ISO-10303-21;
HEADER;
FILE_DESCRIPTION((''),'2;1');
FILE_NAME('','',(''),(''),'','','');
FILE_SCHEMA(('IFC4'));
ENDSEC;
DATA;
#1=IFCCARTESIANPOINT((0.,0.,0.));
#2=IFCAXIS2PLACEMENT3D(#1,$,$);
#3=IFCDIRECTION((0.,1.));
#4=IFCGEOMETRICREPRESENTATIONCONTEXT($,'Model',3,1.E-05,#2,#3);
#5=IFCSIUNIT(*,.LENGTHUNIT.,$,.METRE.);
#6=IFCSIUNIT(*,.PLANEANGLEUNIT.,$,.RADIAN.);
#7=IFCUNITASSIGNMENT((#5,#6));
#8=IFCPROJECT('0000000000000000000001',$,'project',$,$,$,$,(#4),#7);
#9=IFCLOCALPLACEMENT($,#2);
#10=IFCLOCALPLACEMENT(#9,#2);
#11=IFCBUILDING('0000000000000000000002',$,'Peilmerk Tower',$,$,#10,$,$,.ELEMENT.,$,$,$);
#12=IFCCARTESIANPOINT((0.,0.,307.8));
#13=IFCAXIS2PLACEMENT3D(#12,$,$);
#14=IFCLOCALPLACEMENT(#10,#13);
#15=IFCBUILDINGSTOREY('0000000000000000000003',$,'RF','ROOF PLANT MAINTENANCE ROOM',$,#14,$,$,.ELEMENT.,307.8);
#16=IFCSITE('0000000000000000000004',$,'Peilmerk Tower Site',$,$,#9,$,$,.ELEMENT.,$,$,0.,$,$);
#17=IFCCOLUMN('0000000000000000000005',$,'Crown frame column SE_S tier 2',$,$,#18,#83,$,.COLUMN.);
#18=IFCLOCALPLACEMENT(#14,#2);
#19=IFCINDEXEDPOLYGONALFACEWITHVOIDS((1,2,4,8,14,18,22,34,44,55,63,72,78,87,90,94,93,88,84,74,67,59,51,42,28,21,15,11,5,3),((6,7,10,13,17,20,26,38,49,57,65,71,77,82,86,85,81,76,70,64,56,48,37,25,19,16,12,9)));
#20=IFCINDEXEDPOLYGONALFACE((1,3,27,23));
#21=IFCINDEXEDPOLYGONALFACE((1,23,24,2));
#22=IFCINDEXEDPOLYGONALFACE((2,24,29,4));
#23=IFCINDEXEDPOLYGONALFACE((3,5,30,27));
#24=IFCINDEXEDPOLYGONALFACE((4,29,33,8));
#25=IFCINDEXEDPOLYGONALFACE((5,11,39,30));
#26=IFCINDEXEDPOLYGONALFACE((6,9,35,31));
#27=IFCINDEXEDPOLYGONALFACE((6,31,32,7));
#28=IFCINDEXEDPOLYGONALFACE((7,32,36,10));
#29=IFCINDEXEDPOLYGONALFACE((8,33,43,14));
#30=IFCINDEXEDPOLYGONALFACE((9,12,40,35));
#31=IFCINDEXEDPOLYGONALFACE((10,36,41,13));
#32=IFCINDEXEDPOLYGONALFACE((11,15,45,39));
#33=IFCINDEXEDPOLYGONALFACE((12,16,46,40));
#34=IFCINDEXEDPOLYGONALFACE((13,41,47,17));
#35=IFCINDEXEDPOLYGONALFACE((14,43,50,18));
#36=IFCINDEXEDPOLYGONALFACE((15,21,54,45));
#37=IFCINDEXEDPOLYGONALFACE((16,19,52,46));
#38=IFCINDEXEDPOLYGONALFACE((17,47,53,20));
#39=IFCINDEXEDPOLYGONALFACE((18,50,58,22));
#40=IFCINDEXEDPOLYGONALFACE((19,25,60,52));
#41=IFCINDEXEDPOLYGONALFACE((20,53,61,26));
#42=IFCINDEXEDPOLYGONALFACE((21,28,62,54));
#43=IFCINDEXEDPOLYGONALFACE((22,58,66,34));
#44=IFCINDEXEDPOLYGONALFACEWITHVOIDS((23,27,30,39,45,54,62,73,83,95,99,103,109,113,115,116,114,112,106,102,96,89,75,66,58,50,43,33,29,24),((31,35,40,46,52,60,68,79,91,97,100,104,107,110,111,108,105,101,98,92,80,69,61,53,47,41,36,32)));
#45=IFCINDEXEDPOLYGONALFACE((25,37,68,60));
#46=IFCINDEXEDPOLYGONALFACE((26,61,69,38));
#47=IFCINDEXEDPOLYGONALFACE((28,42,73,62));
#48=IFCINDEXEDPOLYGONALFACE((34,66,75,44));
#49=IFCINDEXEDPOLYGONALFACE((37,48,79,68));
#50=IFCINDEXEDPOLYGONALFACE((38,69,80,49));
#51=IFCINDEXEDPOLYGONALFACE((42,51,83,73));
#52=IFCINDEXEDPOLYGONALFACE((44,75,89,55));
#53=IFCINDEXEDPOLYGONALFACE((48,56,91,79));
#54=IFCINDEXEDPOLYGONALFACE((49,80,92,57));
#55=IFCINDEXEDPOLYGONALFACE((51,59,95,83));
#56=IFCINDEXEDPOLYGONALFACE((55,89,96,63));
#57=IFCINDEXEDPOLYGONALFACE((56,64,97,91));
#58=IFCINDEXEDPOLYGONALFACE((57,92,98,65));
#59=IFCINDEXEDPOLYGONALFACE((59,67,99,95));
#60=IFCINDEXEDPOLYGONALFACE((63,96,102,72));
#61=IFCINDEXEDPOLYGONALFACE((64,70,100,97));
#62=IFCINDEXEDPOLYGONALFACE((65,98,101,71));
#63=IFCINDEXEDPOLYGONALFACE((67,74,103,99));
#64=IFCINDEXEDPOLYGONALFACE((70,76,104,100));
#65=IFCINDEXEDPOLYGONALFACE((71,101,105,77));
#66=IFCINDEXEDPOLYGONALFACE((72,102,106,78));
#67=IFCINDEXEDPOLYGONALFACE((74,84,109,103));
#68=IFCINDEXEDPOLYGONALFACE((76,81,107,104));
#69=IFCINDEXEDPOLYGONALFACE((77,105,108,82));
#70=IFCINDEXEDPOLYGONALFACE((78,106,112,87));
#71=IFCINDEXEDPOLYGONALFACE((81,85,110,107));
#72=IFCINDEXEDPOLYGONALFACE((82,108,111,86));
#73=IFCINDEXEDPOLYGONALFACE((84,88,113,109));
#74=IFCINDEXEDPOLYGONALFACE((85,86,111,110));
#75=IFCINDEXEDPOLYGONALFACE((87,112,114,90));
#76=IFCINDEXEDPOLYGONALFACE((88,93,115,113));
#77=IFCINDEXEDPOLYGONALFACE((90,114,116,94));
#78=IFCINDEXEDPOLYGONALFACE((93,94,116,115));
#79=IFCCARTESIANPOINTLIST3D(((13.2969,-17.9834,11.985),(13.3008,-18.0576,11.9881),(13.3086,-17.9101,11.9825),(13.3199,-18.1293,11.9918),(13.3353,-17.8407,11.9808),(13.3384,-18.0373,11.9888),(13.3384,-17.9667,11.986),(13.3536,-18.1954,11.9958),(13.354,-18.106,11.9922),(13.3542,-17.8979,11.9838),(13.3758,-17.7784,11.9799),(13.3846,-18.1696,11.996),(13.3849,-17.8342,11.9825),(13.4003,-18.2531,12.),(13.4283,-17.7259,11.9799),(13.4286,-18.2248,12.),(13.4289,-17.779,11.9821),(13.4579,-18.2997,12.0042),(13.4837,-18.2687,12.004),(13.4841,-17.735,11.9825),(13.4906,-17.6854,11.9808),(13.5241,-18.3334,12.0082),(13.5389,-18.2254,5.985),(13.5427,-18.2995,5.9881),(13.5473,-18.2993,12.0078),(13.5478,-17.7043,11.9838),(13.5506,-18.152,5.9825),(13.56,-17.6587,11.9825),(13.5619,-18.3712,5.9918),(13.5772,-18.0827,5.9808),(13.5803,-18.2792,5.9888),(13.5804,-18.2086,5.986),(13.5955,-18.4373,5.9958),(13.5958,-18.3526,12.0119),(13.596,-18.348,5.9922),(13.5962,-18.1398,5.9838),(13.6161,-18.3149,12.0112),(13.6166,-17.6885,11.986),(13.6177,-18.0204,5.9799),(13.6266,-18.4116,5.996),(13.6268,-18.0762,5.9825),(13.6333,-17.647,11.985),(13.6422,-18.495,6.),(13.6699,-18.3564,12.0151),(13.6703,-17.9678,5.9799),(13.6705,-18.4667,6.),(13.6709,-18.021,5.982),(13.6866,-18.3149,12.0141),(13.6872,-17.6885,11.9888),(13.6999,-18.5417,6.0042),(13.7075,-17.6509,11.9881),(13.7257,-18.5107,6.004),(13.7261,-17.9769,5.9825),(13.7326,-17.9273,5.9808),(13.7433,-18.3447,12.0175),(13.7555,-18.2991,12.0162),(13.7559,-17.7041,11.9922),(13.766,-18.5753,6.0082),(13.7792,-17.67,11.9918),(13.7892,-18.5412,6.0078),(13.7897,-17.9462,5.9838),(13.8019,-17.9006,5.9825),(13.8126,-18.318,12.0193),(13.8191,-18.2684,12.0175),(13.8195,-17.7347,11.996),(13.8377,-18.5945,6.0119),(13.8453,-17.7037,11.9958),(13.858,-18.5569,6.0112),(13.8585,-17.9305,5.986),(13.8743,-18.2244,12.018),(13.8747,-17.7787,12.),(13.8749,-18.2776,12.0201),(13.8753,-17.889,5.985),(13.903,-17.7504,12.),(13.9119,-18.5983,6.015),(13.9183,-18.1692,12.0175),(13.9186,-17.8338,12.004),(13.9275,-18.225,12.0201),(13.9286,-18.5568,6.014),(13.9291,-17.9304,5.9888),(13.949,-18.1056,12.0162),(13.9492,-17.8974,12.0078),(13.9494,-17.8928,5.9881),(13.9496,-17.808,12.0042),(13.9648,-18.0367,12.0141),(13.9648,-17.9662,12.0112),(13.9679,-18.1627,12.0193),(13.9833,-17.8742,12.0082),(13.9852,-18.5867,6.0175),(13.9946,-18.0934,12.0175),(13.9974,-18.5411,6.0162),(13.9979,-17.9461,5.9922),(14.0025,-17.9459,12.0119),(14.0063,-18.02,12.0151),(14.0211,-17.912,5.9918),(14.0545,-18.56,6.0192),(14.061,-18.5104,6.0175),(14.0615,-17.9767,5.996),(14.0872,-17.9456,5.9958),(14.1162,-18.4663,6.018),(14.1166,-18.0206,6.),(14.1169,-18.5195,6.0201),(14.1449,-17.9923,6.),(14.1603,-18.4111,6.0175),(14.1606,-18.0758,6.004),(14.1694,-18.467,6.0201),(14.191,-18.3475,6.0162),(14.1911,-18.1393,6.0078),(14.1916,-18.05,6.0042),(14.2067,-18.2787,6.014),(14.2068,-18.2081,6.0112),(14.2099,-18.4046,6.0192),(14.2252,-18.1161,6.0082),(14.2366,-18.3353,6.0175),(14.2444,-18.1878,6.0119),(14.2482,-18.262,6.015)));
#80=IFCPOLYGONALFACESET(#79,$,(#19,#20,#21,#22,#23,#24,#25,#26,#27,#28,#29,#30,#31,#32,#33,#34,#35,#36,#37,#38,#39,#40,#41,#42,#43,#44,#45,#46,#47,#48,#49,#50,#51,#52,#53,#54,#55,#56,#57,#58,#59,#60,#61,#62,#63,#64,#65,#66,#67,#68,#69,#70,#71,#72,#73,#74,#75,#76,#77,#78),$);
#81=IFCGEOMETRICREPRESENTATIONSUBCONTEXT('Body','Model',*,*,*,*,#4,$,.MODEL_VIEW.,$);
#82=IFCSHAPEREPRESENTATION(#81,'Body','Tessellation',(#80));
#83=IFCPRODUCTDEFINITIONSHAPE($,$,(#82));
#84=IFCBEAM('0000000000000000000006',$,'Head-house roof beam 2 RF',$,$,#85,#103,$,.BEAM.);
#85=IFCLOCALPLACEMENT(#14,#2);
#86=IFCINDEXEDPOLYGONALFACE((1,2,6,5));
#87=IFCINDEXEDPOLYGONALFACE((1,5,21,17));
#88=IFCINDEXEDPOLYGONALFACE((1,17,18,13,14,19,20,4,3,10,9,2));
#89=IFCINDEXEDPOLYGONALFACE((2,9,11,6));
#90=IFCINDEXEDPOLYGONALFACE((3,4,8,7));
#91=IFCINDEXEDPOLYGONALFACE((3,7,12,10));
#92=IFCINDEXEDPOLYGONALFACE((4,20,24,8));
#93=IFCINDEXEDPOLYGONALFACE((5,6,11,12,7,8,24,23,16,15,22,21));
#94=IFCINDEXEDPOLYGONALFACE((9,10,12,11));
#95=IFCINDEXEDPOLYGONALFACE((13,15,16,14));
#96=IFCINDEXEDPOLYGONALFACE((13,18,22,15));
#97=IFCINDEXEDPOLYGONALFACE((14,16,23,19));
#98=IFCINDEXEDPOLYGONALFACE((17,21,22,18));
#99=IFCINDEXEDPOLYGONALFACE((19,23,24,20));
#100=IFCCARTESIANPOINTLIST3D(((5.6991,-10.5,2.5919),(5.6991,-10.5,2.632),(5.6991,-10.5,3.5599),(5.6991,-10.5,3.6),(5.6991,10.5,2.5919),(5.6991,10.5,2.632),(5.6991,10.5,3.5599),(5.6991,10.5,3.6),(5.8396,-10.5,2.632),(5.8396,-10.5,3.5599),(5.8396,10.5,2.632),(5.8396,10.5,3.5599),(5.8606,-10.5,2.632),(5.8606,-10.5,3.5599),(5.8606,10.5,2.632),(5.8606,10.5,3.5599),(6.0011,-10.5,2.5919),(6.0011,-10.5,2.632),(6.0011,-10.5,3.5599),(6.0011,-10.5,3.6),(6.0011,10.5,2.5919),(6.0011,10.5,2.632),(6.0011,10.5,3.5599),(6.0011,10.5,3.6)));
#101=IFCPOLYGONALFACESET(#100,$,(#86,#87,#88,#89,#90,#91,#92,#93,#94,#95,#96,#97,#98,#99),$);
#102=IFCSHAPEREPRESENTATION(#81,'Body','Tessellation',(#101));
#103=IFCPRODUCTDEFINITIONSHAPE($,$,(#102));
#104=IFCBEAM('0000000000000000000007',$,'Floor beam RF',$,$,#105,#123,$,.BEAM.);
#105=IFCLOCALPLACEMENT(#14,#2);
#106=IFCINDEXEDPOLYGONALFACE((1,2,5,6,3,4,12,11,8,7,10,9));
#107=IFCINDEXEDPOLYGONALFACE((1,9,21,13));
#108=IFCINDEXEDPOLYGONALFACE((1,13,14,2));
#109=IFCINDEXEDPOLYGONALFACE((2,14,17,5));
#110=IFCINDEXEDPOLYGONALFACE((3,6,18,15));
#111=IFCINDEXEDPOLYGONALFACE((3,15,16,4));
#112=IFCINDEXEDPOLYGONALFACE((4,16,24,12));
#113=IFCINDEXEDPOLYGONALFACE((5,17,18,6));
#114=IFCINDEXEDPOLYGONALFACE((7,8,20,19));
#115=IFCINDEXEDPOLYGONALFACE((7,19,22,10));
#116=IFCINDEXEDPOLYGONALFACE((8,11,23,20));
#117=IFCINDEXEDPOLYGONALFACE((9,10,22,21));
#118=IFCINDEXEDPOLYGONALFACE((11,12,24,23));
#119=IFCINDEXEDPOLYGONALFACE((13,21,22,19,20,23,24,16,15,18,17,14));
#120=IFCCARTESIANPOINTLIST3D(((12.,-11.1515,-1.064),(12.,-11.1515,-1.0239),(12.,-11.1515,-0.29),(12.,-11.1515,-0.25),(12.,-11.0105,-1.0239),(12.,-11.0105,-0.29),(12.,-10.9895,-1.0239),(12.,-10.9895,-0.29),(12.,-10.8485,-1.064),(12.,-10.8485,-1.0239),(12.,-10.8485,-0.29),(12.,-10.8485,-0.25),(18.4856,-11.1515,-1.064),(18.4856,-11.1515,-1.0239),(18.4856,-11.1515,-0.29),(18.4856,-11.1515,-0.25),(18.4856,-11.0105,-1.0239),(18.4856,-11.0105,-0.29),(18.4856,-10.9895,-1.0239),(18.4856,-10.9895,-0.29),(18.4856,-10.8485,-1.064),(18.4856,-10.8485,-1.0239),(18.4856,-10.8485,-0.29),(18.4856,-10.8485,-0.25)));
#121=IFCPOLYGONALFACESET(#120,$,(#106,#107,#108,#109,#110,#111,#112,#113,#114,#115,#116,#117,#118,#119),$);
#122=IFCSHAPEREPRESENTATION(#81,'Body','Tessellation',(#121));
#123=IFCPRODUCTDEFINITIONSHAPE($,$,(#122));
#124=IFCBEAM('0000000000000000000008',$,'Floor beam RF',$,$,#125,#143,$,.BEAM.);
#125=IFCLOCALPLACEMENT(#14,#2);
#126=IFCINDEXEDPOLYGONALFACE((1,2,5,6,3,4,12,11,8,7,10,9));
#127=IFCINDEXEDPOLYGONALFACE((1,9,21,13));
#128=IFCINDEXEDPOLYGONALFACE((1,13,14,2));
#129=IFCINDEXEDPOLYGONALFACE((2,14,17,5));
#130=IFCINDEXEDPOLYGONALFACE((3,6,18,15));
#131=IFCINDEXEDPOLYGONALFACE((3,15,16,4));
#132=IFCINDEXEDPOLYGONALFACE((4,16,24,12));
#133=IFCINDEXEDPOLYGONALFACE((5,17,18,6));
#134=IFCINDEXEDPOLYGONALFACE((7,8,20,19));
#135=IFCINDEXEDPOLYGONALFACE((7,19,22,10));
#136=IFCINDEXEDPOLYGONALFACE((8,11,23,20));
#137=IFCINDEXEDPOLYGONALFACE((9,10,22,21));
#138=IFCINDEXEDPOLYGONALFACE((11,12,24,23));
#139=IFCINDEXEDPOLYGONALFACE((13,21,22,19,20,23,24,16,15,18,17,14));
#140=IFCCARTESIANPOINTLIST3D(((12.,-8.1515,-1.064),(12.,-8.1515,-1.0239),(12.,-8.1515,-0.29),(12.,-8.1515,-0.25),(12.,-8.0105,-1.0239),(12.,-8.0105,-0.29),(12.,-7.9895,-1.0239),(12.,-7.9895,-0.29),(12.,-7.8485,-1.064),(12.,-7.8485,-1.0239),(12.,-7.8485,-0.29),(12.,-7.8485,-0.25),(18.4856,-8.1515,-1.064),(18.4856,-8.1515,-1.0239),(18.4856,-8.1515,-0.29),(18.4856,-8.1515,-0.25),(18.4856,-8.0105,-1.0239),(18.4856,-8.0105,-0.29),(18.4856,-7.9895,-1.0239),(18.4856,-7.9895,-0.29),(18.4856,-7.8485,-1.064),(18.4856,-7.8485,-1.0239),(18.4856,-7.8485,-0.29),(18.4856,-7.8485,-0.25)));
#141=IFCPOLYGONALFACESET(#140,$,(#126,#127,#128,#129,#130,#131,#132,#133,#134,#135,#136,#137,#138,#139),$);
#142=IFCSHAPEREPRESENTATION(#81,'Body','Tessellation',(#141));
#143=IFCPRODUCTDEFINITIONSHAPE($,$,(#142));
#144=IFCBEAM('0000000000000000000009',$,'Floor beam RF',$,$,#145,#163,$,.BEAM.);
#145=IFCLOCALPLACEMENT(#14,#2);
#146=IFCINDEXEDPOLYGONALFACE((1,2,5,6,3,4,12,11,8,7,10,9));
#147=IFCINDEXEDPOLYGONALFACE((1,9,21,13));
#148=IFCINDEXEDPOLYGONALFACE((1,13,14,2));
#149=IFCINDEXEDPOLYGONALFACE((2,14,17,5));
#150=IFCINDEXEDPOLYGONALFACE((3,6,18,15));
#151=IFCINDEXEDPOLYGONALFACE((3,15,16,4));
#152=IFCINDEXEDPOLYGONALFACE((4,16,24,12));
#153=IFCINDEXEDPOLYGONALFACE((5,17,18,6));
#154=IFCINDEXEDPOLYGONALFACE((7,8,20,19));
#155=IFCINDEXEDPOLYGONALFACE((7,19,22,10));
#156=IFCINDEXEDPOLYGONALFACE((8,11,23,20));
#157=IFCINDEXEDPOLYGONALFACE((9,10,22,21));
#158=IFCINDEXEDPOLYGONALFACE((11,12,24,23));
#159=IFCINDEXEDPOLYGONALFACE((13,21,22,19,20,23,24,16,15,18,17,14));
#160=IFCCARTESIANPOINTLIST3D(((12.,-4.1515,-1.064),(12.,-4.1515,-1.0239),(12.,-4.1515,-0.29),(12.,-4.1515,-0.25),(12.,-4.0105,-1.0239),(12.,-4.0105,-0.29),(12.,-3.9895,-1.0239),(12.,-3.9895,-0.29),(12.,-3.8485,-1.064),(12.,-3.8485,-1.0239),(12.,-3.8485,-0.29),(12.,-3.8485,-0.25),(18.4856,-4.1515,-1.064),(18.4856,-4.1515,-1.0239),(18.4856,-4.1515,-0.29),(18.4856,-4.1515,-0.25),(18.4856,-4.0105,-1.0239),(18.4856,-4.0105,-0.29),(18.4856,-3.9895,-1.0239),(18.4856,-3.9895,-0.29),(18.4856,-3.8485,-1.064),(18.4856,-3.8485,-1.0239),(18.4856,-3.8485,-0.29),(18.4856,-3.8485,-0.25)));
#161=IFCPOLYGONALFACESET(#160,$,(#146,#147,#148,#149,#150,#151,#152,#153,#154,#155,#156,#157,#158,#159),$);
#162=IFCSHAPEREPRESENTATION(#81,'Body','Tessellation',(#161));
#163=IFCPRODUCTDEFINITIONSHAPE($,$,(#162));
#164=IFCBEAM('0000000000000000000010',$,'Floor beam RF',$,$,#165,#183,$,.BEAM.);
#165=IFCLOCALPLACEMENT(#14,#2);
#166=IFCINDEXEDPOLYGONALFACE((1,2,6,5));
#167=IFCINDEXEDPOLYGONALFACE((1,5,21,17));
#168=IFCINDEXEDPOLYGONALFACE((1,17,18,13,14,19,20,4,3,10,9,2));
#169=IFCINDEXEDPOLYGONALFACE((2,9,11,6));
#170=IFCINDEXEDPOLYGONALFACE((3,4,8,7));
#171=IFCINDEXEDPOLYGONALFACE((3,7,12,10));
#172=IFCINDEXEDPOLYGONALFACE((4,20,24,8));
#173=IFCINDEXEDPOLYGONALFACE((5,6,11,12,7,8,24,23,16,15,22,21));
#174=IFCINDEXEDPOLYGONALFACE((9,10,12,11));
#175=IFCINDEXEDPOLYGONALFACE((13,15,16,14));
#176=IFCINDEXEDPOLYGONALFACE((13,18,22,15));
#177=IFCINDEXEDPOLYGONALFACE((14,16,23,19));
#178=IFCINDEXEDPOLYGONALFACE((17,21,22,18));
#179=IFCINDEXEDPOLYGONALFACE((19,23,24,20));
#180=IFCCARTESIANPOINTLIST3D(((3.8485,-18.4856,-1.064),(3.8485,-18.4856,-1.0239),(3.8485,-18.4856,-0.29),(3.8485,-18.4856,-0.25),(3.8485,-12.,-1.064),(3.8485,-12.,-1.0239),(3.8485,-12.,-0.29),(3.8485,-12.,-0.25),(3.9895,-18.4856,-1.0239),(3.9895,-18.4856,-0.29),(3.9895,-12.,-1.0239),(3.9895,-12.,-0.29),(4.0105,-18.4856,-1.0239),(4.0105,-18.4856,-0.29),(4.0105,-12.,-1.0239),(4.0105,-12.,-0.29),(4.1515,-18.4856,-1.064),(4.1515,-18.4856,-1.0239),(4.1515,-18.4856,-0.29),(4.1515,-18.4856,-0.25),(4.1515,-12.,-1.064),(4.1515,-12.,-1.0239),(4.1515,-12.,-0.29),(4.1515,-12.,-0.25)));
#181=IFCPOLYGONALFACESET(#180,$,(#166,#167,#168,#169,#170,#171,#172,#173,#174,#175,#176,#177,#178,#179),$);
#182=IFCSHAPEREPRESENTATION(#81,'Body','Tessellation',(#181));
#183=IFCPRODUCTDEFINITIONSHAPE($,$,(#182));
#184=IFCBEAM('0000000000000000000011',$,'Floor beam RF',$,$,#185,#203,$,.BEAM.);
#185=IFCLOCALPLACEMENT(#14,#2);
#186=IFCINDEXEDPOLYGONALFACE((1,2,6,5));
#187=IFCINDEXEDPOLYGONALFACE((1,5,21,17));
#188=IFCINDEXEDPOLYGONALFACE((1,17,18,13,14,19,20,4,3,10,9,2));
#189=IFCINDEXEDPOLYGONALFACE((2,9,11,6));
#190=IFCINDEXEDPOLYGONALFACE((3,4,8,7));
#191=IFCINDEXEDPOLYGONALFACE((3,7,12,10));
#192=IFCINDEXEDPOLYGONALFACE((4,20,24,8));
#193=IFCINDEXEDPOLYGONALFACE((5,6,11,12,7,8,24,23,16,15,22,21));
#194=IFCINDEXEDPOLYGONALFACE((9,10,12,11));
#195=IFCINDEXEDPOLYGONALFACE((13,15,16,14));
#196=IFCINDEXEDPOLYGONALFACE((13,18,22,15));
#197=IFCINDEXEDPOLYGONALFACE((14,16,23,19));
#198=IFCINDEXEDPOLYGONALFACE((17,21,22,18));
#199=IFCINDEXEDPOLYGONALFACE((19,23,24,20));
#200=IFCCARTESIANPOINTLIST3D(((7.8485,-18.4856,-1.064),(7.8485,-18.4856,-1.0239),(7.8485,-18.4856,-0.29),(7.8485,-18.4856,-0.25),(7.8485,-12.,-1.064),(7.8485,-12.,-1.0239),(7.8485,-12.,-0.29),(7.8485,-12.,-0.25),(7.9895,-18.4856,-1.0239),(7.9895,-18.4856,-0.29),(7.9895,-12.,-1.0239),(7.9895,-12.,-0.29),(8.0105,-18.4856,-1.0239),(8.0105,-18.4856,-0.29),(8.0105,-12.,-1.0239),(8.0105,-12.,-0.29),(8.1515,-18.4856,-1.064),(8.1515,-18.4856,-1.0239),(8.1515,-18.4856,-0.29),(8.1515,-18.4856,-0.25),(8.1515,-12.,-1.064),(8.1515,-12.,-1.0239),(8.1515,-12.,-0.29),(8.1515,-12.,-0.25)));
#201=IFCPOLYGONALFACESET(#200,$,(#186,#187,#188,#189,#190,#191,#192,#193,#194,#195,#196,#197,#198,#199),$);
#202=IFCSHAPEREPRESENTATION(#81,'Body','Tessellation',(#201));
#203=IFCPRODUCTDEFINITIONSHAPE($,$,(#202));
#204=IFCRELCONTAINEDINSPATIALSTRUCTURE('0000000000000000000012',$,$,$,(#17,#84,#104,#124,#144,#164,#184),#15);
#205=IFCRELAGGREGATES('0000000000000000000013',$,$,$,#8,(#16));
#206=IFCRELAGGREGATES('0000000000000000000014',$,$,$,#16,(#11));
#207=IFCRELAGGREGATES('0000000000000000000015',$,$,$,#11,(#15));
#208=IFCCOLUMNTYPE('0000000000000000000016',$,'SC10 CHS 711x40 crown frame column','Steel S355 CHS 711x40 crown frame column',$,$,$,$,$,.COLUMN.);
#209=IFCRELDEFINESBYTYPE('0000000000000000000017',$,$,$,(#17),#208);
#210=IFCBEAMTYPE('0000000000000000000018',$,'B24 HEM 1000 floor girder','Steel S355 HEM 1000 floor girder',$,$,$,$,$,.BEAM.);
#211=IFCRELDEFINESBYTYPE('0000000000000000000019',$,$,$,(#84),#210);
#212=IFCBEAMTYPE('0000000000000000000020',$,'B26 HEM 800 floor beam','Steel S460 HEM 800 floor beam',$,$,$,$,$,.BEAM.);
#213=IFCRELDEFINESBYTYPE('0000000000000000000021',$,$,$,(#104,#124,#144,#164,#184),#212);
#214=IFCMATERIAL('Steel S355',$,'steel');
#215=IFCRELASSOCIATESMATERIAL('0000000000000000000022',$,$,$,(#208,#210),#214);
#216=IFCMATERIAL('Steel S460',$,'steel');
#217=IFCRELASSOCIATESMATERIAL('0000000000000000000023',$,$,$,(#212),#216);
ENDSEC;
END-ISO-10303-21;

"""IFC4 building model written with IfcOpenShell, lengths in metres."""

from ifc_helpers import new_model, si_unit, direction, frame, origin, origin_2d, place, context, subcontext, project, spatial, hollow_circle, i_section, extrude, material, material_profile, profile_set, type_object, element, save


model = new_model("IFC4")

# Units and contexts
model_context = context("Model", 3, precision=1e-05, world=origin(), true_north=direction((0.0, 1.0)))
body_context = subcontext(model_context, "Body", "Model", "MODEL_VIEW")
ifc_project = project(units=[si_unit("LENGTHUNIT", "METRE"), si_unit("PLANEANGLEUNIT", "RADIAN")], contexts=[model_context])

# Site, building, storey
site_placement = place(None, origin())
site = spatial("IfcSite", under=ifc_project, at=site_placement, Name="Peilmerk Tower Site", CompositionType="ELEMENT", RefElevation=0.0)
building_placement = place(site_placement, origin())
building = spatial("IfcBuilding", under=site, at=building_placement, Name="Peilmerk Tower", CompositionType="ELEMENT")
storey_placement = place(building_placement, frame((0.0, 0.0, 307.8)))
storey = spatial("IfcBuildingStorey", under=building, at=storey_placement, Name="RF", Description="ROOF PLANT MAINTENANCE ROOM", CompositionType="ELEMENT", Elevation=307.8)

# Column
ifc_material_1 = material(Name="Steel S355", Category="steel")
ifc_material_profile_1 = material_profile(ifc_material_1, hollow_circle(Radius=0.3555, WallThickness=0.04, at=origin_2d()), Name="CHS 711x40")
ifc_profile_set_1 = profile_set([ifc_material_profile_1], Name="Steel S355")
column_type = type_object("IfcColumnType", Name="SC10 CHS 711x40 crown frame column", Description="Steel S355 CHS 711x40 crown frame column", PredefinedType="COLUMN", material=ifc_profile_set_1)
column_placement = place(storey_placement, frame((13.8936, -18.2437, 6.0), z_axis=(-0.040258, 0.040258, 0.998378), x_axis=(-0.707107, -0.707107, 0.0)))
element("IfcColumn", 1, at=column_placement, inside=storey, type_object=column_type, Name="Crown frame column SE_S tier 2", PredefinedType="COLUMN", context=body_context, shape_type="SweptSolid", body=[
    extrude(hollow_circle(Radius=0.3555, WallThickness=0.04, at=origin_2d()), origin(), (0.0, 0.0, 1.0), 6.0098),
])

# Beams
ifc_material_profile_2 = material_profile(ifc_material_1, i_section(OverallWidth=0.302, OverallDepth=1.0081, WebThickness=0.021, FlangeThickness=0.04, at=origin_2d()), Name="HEM 1000")
ifc_profile_set_2 = profile_set([ifc_material_profile_2], Name="Steel S355")
beam_type_1 = type_object("IfcBeamType", Name="B24 HEM 1000 floor girder", Description="Steel S355 HEM 1000 floor girder", PredefinedType="BEAM", material=ifc_profile_set_2)
beam_1_placement = place(storey_placement, frame((5.8501, -10.5, 3.0959), z_axis=(0.0, 1.0, 0.0), x_axis=(-1.0, 0.0, 0.0)))
element("IfcBeam", 2, at=beam_1_placement, inside=storey, type_object=beam_type_1, Name="Head-house roof beam 2 RF", PredefinedType="BEAM", context=body_context, shape_type="SweptSolid", body=[
    extrude(i_section(OverallWidth=0.302, OverallDepth=1.0081, WebThickness=0.021, FlangeThickness=0.04, at=origin_2d()), origin(), (0.0, 0.0, 1.0), 21.0),
])
ifc_material_2 = material(Name="Steel S460", Category="steel")
ifc_material_profile_3 = material_profile(ifc_material_2, i_section(OverallWidth=0.303, OverallDepth=0.814, WebThickness=0.021, FlangeThickness=0.04, at=origin_2d()), Name="HEM 800")
ifc_profile_set_3 = profile_set([ifc_material_profile_3], Name="Steel S460")
beam_type_2 = type_object("IfcBeamType", Name="B26 HEM 800 floor beam", Description="Steel S460 HEM 800 floor beam", PredefinedType="BEAM", material=ifc_profile_set_3)
for number, where, z_axis, x_axis, name in (
    (3, (12.0, -11.0, -0.657), (1.0, 0.0, 0.0), (0.0, 1.0, 0.0), "Floor beam RF"),
    (4, (12.0, -8.0, -0.657), (1.0, 0.0, 0.0), (0.0, 1.0, 0.0), "Floor beam RF"),
    (5, (12.0, -4.0, -0.657), (1.0, 0.0, 0.0), (0.0, 1.0, 0.0), "Floor beam RF"),
    (6, (4.0, -12.0, -0.657), (0.0, -1.0, 0.0), (1.0, 0.0, 0.0), "Floor beam RF"),
    (7, (8.0, -12.0, -0.657), (0.0, -1.0, 0.0), (1.0, 0.0, 0.0), "Floor beam RF"),
):
    element("IfcBeam", number, at=place(storey_placement, frame(where, z_axis=z_axis, x_axis=x_axis)), inside=storey, type_object=beam_type_2, Name=name, PredefinedType="BEAM", context=body_context, shape_type="SweptSolid", body=[
        extrude(i_section(OverallWidth=0.303, OverallDepth=0.814, WebThickness=0.021, FlangeThickness=0.04, at=origin_2d()), origin(), (0.0, 0.0, 1.0), 6.4856),
    ])

save(model, "model.ifc")
